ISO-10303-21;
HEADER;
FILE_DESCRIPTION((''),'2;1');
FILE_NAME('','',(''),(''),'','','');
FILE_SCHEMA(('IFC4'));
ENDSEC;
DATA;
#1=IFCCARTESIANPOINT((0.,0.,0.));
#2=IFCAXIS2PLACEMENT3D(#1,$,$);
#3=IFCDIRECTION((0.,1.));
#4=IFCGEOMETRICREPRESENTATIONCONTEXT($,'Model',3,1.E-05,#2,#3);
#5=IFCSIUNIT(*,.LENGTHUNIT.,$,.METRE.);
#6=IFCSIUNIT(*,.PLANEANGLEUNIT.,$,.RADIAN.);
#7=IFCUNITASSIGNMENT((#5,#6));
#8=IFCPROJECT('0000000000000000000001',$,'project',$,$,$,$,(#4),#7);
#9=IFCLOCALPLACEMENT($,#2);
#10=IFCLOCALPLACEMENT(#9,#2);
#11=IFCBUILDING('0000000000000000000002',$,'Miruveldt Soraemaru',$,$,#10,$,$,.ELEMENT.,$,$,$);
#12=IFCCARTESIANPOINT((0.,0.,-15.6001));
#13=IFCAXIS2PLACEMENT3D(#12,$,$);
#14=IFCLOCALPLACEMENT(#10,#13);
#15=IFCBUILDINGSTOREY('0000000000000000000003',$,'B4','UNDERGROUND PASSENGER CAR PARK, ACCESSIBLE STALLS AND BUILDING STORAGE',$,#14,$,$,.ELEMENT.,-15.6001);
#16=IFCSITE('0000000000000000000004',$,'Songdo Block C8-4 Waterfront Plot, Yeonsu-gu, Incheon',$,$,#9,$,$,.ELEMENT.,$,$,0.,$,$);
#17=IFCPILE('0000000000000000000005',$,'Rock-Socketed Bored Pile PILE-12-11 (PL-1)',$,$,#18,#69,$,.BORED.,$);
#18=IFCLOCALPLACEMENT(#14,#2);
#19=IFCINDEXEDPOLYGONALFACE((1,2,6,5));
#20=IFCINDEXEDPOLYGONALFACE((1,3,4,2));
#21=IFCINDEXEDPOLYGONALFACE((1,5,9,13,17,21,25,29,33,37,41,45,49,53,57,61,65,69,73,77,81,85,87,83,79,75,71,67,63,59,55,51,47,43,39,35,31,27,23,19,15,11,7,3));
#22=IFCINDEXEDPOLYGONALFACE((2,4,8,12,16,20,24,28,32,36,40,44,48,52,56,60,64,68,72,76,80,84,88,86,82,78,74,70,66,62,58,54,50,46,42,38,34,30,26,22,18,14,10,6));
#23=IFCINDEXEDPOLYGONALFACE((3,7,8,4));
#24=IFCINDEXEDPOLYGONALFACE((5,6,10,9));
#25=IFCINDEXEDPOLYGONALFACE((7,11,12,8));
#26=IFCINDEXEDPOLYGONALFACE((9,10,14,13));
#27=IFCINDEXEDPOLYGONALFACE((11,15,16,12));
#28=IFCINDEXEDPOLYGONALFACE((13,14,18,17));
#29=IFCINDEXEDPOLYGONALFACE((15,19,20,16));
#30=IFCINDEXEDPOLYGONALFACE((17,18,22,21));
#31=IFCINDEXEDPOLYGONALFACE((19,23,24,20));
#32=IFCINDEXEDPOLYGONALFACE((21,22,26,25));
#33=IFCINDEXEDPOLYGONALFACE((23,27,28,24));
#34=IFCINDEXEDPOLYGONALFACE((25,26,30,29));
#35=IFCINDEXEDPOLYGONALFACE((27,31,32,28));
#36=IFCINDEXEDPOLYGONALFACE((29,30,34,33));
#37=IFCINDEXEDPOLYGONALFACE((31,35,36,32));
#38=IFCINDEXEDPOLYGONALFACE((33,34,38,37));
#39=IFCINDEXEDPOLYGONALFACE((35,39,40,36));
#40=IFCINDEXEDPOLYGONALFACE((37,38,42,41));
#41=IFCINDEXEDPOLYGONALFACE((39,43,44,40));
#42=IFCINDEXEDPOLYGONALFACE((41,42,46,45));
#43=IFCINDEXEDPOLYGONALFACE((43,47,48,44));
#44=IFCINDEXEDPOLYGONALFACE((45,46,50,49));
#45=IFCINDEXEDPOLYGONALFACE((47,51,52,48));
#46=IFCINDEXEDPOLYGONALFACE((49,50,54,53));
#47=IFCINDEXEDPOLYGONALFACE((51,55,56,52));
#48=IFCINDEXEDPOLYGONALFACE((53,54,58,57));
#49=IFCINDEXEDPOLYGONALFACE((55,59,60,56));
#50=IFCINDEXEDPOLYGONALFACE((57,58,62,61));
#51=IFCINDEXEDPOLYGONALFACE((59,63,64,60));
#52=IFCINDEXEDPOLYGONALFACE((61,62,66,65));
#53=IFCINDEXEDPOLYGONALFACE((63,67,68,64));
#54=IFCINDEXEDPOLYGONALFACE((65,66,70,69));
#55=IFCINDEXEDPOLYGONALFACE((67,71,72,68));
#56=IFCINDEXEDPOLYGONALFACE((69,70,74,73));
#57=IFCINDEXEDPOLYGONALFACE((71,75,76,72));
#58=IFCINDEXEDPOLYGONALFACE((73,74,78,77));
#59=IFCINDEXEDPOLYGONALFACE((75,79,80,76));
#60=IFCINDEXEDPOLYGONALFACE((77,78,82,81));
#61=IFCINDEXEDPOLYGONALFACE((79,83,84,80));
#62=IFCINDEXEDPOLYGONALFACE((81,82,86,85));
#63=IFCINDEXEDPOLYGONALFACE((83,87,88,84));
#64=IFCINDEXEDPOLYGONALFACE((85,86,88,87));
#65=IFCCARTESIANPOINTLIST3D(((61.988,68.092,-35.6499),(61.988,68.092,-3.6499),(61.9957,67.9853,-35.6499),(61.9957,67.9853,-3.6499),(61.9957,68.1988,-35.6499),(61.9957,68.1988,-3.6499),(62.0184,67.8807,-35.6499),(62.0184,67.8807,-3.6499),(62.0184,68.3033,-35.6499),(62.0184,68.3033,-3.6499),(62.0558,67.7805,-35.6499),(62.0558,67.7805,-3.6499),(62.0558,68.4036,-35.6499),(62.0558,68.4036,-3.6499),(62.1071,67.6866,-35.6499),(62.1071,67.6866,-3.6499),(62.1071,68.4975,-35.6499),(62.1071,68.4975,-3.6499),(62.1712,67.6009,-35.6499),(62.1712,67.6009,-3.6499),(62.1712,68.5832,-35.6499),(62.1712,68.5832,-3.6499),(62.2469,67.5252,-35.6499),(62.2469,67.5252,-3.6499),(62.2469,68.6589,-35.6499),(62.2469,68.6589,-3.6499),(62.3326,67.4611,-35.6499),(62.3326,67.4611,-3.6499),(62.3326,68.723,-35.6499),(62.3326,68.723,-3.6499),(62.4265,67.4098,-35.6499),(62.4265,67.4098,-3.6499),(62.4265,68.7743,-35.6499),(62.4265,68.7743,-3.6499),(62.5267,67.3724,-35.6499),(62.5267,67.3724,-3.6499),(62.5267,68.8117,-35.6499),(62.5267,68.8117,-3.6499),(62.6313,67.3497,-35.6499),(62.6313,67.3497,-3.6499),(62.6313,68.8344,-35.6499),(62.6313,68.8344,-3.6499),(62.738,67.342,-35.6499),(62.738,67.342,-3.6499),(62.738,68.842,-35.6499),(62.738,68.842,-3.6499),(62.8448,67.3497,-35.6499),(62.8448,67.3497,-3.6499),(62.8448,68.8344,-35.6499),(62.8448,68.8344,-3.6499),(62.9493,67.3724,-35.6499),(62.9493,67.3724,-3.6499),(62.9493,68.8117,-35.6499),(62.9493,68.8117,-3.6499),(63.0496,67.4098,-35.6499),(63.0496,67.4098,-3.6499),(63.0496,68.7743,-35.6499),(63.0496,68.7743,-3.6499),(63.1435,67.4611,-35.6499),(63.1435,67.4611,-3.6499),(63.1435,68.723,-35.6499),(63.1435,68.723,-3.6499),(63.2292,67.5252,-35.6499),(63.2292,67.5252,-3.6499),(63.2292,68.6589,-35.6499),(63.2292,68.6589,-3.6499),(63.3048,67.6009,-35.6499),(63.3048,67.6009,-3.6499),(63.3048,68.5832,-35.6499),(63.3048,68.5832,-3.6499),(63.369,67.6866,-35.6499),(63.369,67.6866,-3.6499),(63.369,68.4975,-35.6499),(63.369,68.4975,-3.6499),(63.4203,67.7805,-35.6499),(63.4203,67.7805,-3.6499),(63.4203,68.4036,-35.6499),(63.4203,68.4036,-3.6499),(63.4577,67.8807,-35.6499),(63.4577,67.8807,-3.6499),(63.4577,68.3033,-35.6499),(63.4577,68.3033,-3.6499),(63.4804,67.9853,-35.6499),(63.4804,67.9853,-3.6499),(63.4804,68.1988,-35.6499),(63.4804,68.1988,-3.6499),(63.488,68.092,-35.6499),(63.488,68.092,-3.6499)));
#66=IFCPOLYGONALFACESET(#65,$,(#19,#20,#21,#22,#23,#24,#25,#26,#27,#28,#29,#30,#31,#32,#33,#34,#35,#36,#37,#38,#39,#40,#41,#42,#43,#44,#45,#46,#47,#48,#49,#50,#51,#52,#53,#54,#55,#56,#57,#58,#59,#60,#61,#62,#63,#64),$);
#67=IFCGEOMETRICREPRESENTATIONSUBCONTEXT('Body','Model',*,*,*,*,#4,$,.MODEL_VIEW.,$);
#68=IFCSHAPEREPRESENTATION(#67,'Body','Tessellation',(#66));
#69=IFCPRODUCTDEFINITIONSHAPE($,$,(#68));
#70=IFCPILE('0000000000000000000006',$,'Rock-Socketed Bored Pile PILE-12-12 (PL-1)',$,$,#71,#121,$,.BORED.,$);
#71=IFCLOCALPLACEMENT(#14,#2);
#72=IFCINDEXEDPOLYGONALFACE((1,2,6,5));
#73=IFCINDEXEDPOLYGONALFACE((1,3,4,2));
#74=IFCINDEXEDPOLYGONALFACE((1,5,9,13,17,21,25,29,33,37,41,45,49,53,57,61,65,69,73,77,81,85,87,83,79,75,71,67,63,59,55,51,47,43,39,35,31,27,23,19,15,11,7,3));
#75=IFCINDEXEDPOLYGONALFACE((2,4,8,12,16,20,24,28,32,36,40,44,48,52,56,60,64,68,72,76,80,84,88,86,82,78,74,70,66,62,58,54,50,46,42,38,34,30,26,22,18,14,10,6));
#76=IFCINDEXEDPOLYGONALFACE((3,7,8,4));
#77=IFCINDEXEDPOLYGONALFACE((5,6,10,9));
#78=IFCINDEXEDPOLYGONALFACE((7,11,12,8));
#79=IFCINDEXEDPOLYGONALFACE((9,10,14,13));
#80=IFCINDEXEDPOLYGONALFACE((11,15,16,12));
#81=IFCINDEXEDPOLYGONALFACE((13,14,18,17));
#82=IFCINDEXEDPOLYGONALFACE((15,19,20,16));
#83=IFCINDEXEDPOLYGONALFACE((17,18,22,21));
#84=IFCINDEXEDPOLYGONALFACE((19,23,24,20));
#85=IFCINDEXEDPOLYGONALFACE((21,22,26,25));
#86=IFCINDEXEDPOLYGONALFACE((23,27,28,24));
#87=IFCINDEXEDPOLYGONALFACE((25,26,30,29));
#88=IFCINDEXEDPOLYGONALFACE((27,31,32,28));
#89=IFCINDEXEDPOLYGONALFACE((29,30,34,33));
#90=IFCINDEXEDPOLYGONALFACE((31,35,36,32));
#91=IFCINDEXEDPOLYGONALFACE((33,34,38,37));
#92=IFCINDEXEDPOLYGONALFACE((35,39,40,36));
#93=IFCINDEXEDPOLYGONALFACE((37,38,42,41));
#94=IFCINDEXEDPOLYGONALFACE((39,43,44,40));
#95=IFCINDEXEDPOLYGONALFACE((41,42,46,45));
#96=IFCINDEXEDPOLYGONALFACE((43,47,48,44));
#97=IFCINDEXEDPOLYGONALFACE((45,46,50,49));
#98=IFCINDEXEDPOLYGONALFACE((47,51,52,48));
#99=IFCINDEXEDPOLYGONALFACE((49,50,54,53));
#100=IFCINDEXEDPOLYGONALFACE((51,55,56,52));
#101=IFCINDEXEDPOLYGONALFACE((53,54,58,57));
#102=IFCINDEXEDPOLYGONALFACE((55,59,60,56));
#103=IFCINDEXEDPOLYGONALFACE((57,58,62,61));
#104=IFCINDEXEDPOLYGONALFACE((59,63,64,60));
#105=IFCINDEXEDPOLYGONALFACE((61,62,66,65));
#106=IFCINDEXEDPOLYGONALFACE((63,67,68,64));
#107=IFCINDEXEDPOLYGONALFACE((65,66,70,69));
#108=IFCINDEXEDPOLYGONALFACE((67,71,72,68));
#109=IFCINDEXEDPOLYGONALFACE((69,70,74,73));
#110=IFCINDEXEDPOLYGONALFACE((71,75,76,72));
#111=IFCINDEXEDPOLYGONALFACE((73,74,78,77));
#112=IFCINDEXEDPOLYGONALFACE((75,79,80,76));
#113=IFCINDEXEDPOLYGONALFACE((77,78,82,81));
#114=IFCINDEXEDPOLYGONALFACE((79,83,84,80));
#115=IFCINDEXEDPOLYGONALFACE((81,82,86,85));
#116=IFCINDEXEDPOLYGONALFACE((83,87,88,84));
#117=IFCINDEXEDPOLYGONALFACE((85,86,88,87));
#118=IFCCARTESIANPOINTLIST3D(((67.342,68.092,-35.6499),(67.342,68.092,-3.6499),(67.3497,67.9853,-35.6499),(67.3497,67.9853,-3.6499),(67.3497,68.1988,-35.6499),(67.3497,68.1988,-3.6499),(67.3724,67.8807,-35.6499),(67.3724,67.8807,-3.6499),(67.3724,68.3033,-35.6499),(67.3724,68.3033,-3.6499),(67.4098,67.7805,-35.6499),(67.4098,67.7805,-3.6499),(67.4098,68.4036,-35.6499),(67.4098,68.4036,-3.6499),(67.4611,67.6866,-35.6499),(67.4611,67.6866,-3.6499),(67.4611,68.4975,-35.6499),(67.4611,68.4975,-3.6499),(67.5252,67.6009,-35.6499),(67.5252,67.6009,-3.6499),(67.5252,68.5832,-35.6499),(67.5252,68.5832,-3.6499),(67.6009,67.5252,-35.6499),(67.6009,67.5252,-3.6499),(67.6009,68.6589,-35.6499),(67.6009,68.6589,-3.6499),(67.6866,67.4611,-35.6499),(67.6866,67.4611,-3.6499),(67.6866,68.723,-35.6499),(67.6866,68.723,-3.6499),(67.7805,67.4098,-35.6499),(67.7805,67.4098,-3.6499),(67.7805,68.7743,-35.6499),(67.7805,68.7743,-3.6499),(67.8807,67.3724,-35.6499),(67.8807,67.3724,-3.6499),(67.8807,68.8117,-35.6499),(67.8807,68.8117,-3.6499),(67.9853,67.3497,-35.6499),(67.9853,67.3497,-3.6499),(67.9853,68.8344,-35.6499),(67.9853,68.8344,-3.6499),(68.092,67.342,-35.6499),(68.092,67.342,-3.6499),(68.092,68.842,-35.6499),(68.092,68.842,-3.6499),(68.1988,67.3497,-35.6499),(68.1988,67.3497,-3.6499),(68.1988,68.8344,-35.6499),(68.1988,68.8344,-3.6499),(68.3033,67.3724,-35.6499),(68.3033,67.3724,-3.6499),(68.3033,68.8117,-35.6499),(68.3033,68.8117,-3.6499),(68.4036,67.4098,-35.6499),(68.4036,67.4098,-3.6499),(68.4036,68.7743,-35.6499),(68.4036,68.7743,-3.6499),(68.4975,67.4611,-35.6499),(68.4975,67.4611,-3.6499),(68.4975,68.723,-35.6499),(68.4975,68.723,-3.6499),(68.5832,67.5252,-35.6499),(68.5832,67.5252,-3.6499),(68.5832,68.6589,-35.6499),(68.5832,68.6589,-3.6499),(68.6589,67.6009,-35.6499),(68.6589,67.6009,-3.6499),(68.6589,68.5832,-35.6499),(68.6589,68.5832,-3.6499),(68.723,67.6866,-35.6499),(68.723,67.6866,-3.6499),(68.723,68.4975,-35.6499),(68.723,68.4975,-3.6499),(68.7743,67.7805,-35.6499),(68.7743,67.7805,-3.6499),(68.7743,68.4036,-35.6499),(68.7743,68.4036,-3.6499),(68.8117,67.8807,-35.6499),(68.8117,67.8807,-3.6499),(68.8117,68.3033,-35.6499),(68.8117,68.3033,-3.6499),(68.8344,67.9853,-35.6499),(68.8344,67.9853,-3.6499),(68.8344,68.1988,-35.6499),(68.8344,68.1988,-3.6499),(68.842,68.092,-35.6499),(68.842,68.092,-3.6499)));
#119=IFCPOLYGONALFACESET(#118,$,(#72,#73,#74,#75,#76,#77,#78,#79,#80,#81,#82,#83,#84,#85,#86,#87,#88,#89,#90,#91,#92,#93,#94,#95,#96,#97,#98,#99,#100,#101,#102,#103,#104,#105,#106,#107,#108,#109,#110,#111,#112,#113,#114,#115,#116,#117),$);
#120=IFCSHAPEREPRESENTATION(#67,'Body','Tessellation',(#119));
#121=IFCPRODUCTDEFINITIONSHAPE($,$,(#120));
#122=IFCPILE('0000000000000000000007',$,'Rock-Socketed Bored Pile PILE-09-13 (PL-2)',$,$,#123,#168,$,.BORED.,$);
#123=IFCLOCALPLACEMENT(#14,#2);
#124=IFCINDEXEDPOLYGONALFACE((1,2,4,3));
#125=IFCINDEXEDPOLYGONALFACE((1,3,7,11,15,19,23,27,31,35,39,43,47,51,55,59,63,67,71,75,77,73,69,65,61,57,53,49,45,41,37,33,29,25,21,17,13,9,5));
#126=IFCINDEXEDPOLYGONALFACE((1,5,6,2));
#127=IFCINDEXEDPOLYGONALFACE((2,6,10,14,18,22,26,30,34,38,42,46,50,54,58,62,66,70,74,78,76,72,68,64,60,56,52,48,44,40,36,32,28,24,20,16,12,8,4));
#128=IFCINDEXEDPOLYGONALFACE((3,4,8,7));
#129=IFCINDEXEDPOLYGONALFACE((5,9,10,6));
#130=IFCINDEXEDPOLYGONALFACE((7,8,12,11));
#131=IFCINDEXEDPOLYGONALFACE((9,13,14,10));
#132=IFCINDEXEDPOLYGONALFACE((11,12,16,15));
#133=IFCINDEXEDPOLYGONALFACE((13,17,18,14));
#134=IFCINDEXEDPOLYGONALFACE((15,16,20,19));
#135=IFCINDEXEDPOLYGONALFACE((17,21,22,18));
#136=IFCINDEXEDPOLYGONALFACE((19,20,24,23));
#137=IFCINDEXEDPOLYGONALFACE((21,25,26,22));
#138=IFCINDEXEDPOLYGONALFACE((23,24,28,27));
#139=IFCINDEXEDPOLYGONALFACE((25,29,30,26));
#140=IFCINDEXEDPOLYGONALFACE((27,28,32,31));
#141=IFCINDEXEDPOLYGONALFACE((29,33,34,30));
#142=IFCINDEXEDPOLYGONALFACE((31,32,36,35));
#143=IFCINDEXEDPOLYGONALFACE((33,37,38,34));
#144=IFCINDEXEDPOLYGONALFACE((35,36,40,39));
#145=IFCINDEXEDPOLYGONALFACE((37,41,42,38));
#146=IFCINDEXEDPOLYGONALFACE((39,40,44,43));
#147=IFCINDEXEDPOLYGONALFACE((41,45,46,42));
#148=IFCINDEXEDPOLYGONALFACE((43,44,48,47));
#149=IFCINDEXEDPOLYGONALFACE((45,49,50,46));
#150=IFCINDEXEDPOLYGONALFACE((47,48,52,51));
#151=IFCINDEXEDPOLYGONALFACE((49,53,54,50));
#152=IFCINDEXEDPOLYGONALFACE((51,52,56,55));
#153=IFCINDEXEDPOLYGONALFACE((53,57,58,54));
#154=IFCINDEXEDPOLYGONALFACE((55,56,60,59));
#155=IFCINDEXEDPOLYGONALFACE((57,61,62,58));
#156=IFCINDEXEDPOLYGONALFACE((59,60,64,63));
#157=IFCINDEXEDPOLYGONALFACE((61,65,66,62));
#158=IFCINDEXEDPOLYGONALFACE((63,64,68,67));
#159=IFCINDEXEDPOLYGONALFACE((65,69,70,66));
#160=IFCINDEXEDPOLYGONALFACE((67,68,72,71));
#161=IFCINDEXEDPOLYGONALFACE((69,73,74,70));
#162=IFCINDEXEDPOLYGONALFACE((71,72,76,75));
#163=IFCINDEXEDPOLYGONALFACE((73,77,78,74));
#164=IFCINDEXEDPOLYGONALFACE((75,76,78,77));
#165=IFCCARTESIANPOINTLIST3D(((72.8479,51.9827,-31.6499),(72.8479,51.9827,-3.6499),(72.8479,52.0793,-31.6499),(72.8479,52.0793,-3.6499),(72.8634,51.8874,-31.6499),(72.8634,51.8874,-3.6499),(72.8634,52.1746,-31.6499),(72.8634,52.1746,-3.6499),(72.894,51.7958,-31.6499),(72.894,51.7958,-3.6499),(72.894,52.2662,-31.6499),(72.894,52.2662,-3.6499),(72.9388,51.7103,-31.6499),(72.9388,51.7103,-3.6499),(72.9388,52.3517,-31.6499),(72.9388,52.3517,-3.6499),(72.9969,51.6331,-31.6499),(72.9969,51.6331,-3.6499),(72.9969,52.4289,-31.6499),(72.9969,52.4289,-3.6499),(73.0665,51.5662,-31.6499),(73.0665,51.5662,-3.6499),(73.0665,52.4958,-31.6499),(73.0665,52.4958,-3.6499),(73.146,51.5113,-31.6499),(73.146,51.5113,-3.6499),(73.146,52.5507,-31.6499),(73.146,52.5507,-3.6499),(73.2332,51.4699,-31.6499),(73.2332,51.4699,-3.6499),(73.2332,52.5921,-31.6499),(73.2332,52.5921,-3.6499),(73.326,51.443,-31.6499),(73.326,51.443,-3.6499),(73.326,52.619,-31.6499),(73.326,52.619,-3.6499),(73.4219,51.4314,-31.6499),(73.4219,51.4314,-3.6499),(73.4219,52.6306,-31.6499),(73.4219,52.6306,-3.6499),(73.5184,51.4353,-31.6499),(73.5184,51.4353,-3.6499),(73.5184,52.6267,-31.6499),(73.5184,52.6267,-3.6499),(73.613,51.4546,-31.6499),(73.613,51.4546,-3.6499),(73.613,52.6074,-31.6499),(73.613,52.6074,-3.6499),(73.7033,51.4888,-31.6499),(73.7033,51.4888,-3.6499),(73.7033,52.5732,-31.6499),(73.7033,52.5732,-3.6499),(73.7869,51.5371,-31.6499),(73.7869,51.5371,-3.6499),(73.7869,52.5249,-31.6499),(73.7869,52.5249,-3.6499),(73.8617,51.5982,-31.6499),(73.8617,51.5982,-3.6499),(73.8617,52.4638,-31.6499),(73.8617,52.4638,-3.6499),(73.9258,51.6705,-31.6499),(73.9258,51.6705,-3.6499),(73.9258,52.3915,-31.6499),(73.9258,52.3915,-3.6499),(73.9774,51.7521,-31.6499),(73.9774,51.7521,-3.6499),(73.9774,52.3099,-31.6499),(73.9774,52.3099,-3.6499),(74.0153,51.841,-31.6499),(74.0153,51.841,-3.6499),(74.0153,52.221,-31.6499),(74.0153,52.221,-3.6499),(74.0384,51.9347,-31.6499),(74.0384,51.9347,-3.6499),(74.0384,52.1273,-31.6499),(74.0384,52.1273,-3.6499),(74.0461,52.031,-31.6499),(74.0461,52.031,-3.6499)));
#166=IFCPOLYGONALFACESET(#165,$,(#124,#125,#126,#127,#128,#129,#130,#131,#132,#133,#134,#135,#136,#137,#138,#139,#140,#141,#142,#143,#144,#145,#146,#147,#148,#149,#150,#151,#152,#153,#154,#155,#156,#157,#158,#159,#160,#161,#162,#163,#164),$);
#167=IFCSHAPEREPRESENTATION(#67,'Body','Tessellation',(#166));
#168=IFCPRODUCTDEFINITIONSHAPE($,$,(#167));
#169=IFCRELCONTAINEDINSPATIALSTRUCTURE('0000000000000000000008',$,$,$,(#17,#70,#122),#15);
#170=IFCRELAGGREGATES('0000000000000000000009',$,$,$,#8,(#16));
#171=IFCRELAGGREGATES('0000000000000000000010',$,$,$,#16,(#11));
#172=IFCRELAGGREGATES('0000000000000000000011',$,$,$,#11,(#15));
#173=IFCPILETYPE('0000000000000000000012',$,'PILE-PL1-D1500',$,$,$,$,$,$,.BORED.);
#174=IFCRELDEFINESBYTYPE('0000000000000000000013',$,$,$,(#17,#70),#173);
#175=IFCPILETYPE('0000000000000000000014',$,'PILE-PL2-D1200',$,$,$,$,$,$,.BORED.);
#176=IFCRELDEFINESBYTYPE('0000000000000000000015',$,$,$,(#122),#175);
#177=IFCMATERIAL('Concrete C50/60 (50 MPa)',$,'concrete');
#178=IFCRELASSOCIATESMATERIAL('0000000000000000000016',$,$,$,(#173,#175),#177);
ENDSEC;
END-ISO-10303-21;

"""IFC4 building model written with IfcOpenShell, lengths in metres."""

from ifc_helpers import new_model, si_unit, direction, frame, origin, origin_2d, place, context, subcontext, project, spatial, circle, extrude, material, material_profile, profile_set, type_object, element, save


model = new_model("IFC4")

# Units and contexts
model_context = context("Model", 3, precision=1e-05, world=origin(), true_north=direction((0.0, 1.0)))
body_context = subcontext(model_context, "Body", "Model", "MODEL_VIEW")
ifc_project = project(units=[si_unit("LENGTHUNIT", "METRE"), si_unit("PLANEANGLEUNIT", "RADIAN")], contexts=[model_context])

# Site, building, storey
site_placement = place(None, origin())
site = spatial("IfcSite", under=ifc_project, at=site_placement, Name="Songdo Block C8-4 Waterfront Plot, Yeonsu-gu, Incheon", CompositionType="ELEMENT", RefElevation=0.0)
building_placement = place(site_placement, origin())
building = spatial("IfcBuilding", under=site, at=building_placement, Name="Miruveldt Soraemaru", CompositionType="ELEMENT")
storey_placement = place(building_placement, frame((0.0, 0.0, -15.6001)))
storey = spatial("IfcBuildingStorey", under=building, at=storey_placement, Name="B4", Description="UNDERGROUND PASSENGER CAR PARK, ACCESSIBLE STALLS AND BUILDING STORAGE", CompositionType="ELEMENT", Elevation=-15.6001)

# Piles
ifc_material_1 = material(Name="Concrete C50/60 (50 MPa)", Category="concrete")
ifc_material_profile_1 = material_profile(ifc_material_1, circle(Radius=0.75, at=origin_2d()), Name="Concrete C50/60 (50 MPa)", Category="concrete")
ifc_profile_set_1 = profile_set([ifc_material_profile_1], Name="Concrete C50/60 (50 MPa)")
pile_type_1 = type_object("IfcPileType", Name="PILE-PL1-D1500", PredefinedType="BORED", material=ifc_profile_set_1)
for number, where, z_axis, x_axis, name in (
    (1, (62.738, 68.092, -3.6499), (0.0, 0.0, -1.0), (1.0, 0.0, 0.0), "Rock-Socketed Bored Pile PILE-12-11 (PL-1)"),
    (2, (68.092, 68.092, -3.6499), (0.0, 0.0, -1.0), (1.0, 0.0, 0.0), "Rock-Socketed Bored Pile PILE-12-12 (PL-1)"),
):
    element("IfcPile", number, at=place(storey_placement, frame(where, z_axis=z_axis, x_axis=x_axis)), inside=storey, type_object=pile_type_1, Name=name, PredefinedType="BORED", context=body_context, shape_type="SweptSolid", body=[
        extrude(circle(Radius=0.75, at=origin_2d()), origin(), (0.0, 0.0, 1.0), 32.0),
    ])
ifc_material_profile_2 = material_profile(ifc_material_1, circle(Radius=0.6001, at=origin_2d()), Name="Concrete C50/60 (50 MPa)", Category="concrete")
ifc_profile_set_2 = profile_set([ifc_material_profile_2], Name="Concrete C50/60 (50 MPa)")
pile_type_2 = type_object("IfcPileType", Name="PILE-PL2-D1200", PredefinedType="BORED", material=ifc_profile_set_2)
for number, where, z_axis, x_axis, name in (
    (3, (73.446, 52.031, -3.6499), (0.0, 0.0, -1.0), (1.0, 0.0, 0.0), "Rock-Socketed Bored Pile PILE-09-13 (PL-2)"),
):
    element("IfcPile", number, at=place(storey_placement, frame(where, z_axis=z_axis, x_axis=x_axis)), inside=storey, type_object=pile_type_2, Name=name, PredefinedType="BORED", context=body_context, shape_type="SweptSolid", body=[
        extrude(circle(Radius=0.6001, at=origin_2d()), origin(), (0.0, 0.0, 1.0), 28.0),
    ])

save(model, "model.ifc")
